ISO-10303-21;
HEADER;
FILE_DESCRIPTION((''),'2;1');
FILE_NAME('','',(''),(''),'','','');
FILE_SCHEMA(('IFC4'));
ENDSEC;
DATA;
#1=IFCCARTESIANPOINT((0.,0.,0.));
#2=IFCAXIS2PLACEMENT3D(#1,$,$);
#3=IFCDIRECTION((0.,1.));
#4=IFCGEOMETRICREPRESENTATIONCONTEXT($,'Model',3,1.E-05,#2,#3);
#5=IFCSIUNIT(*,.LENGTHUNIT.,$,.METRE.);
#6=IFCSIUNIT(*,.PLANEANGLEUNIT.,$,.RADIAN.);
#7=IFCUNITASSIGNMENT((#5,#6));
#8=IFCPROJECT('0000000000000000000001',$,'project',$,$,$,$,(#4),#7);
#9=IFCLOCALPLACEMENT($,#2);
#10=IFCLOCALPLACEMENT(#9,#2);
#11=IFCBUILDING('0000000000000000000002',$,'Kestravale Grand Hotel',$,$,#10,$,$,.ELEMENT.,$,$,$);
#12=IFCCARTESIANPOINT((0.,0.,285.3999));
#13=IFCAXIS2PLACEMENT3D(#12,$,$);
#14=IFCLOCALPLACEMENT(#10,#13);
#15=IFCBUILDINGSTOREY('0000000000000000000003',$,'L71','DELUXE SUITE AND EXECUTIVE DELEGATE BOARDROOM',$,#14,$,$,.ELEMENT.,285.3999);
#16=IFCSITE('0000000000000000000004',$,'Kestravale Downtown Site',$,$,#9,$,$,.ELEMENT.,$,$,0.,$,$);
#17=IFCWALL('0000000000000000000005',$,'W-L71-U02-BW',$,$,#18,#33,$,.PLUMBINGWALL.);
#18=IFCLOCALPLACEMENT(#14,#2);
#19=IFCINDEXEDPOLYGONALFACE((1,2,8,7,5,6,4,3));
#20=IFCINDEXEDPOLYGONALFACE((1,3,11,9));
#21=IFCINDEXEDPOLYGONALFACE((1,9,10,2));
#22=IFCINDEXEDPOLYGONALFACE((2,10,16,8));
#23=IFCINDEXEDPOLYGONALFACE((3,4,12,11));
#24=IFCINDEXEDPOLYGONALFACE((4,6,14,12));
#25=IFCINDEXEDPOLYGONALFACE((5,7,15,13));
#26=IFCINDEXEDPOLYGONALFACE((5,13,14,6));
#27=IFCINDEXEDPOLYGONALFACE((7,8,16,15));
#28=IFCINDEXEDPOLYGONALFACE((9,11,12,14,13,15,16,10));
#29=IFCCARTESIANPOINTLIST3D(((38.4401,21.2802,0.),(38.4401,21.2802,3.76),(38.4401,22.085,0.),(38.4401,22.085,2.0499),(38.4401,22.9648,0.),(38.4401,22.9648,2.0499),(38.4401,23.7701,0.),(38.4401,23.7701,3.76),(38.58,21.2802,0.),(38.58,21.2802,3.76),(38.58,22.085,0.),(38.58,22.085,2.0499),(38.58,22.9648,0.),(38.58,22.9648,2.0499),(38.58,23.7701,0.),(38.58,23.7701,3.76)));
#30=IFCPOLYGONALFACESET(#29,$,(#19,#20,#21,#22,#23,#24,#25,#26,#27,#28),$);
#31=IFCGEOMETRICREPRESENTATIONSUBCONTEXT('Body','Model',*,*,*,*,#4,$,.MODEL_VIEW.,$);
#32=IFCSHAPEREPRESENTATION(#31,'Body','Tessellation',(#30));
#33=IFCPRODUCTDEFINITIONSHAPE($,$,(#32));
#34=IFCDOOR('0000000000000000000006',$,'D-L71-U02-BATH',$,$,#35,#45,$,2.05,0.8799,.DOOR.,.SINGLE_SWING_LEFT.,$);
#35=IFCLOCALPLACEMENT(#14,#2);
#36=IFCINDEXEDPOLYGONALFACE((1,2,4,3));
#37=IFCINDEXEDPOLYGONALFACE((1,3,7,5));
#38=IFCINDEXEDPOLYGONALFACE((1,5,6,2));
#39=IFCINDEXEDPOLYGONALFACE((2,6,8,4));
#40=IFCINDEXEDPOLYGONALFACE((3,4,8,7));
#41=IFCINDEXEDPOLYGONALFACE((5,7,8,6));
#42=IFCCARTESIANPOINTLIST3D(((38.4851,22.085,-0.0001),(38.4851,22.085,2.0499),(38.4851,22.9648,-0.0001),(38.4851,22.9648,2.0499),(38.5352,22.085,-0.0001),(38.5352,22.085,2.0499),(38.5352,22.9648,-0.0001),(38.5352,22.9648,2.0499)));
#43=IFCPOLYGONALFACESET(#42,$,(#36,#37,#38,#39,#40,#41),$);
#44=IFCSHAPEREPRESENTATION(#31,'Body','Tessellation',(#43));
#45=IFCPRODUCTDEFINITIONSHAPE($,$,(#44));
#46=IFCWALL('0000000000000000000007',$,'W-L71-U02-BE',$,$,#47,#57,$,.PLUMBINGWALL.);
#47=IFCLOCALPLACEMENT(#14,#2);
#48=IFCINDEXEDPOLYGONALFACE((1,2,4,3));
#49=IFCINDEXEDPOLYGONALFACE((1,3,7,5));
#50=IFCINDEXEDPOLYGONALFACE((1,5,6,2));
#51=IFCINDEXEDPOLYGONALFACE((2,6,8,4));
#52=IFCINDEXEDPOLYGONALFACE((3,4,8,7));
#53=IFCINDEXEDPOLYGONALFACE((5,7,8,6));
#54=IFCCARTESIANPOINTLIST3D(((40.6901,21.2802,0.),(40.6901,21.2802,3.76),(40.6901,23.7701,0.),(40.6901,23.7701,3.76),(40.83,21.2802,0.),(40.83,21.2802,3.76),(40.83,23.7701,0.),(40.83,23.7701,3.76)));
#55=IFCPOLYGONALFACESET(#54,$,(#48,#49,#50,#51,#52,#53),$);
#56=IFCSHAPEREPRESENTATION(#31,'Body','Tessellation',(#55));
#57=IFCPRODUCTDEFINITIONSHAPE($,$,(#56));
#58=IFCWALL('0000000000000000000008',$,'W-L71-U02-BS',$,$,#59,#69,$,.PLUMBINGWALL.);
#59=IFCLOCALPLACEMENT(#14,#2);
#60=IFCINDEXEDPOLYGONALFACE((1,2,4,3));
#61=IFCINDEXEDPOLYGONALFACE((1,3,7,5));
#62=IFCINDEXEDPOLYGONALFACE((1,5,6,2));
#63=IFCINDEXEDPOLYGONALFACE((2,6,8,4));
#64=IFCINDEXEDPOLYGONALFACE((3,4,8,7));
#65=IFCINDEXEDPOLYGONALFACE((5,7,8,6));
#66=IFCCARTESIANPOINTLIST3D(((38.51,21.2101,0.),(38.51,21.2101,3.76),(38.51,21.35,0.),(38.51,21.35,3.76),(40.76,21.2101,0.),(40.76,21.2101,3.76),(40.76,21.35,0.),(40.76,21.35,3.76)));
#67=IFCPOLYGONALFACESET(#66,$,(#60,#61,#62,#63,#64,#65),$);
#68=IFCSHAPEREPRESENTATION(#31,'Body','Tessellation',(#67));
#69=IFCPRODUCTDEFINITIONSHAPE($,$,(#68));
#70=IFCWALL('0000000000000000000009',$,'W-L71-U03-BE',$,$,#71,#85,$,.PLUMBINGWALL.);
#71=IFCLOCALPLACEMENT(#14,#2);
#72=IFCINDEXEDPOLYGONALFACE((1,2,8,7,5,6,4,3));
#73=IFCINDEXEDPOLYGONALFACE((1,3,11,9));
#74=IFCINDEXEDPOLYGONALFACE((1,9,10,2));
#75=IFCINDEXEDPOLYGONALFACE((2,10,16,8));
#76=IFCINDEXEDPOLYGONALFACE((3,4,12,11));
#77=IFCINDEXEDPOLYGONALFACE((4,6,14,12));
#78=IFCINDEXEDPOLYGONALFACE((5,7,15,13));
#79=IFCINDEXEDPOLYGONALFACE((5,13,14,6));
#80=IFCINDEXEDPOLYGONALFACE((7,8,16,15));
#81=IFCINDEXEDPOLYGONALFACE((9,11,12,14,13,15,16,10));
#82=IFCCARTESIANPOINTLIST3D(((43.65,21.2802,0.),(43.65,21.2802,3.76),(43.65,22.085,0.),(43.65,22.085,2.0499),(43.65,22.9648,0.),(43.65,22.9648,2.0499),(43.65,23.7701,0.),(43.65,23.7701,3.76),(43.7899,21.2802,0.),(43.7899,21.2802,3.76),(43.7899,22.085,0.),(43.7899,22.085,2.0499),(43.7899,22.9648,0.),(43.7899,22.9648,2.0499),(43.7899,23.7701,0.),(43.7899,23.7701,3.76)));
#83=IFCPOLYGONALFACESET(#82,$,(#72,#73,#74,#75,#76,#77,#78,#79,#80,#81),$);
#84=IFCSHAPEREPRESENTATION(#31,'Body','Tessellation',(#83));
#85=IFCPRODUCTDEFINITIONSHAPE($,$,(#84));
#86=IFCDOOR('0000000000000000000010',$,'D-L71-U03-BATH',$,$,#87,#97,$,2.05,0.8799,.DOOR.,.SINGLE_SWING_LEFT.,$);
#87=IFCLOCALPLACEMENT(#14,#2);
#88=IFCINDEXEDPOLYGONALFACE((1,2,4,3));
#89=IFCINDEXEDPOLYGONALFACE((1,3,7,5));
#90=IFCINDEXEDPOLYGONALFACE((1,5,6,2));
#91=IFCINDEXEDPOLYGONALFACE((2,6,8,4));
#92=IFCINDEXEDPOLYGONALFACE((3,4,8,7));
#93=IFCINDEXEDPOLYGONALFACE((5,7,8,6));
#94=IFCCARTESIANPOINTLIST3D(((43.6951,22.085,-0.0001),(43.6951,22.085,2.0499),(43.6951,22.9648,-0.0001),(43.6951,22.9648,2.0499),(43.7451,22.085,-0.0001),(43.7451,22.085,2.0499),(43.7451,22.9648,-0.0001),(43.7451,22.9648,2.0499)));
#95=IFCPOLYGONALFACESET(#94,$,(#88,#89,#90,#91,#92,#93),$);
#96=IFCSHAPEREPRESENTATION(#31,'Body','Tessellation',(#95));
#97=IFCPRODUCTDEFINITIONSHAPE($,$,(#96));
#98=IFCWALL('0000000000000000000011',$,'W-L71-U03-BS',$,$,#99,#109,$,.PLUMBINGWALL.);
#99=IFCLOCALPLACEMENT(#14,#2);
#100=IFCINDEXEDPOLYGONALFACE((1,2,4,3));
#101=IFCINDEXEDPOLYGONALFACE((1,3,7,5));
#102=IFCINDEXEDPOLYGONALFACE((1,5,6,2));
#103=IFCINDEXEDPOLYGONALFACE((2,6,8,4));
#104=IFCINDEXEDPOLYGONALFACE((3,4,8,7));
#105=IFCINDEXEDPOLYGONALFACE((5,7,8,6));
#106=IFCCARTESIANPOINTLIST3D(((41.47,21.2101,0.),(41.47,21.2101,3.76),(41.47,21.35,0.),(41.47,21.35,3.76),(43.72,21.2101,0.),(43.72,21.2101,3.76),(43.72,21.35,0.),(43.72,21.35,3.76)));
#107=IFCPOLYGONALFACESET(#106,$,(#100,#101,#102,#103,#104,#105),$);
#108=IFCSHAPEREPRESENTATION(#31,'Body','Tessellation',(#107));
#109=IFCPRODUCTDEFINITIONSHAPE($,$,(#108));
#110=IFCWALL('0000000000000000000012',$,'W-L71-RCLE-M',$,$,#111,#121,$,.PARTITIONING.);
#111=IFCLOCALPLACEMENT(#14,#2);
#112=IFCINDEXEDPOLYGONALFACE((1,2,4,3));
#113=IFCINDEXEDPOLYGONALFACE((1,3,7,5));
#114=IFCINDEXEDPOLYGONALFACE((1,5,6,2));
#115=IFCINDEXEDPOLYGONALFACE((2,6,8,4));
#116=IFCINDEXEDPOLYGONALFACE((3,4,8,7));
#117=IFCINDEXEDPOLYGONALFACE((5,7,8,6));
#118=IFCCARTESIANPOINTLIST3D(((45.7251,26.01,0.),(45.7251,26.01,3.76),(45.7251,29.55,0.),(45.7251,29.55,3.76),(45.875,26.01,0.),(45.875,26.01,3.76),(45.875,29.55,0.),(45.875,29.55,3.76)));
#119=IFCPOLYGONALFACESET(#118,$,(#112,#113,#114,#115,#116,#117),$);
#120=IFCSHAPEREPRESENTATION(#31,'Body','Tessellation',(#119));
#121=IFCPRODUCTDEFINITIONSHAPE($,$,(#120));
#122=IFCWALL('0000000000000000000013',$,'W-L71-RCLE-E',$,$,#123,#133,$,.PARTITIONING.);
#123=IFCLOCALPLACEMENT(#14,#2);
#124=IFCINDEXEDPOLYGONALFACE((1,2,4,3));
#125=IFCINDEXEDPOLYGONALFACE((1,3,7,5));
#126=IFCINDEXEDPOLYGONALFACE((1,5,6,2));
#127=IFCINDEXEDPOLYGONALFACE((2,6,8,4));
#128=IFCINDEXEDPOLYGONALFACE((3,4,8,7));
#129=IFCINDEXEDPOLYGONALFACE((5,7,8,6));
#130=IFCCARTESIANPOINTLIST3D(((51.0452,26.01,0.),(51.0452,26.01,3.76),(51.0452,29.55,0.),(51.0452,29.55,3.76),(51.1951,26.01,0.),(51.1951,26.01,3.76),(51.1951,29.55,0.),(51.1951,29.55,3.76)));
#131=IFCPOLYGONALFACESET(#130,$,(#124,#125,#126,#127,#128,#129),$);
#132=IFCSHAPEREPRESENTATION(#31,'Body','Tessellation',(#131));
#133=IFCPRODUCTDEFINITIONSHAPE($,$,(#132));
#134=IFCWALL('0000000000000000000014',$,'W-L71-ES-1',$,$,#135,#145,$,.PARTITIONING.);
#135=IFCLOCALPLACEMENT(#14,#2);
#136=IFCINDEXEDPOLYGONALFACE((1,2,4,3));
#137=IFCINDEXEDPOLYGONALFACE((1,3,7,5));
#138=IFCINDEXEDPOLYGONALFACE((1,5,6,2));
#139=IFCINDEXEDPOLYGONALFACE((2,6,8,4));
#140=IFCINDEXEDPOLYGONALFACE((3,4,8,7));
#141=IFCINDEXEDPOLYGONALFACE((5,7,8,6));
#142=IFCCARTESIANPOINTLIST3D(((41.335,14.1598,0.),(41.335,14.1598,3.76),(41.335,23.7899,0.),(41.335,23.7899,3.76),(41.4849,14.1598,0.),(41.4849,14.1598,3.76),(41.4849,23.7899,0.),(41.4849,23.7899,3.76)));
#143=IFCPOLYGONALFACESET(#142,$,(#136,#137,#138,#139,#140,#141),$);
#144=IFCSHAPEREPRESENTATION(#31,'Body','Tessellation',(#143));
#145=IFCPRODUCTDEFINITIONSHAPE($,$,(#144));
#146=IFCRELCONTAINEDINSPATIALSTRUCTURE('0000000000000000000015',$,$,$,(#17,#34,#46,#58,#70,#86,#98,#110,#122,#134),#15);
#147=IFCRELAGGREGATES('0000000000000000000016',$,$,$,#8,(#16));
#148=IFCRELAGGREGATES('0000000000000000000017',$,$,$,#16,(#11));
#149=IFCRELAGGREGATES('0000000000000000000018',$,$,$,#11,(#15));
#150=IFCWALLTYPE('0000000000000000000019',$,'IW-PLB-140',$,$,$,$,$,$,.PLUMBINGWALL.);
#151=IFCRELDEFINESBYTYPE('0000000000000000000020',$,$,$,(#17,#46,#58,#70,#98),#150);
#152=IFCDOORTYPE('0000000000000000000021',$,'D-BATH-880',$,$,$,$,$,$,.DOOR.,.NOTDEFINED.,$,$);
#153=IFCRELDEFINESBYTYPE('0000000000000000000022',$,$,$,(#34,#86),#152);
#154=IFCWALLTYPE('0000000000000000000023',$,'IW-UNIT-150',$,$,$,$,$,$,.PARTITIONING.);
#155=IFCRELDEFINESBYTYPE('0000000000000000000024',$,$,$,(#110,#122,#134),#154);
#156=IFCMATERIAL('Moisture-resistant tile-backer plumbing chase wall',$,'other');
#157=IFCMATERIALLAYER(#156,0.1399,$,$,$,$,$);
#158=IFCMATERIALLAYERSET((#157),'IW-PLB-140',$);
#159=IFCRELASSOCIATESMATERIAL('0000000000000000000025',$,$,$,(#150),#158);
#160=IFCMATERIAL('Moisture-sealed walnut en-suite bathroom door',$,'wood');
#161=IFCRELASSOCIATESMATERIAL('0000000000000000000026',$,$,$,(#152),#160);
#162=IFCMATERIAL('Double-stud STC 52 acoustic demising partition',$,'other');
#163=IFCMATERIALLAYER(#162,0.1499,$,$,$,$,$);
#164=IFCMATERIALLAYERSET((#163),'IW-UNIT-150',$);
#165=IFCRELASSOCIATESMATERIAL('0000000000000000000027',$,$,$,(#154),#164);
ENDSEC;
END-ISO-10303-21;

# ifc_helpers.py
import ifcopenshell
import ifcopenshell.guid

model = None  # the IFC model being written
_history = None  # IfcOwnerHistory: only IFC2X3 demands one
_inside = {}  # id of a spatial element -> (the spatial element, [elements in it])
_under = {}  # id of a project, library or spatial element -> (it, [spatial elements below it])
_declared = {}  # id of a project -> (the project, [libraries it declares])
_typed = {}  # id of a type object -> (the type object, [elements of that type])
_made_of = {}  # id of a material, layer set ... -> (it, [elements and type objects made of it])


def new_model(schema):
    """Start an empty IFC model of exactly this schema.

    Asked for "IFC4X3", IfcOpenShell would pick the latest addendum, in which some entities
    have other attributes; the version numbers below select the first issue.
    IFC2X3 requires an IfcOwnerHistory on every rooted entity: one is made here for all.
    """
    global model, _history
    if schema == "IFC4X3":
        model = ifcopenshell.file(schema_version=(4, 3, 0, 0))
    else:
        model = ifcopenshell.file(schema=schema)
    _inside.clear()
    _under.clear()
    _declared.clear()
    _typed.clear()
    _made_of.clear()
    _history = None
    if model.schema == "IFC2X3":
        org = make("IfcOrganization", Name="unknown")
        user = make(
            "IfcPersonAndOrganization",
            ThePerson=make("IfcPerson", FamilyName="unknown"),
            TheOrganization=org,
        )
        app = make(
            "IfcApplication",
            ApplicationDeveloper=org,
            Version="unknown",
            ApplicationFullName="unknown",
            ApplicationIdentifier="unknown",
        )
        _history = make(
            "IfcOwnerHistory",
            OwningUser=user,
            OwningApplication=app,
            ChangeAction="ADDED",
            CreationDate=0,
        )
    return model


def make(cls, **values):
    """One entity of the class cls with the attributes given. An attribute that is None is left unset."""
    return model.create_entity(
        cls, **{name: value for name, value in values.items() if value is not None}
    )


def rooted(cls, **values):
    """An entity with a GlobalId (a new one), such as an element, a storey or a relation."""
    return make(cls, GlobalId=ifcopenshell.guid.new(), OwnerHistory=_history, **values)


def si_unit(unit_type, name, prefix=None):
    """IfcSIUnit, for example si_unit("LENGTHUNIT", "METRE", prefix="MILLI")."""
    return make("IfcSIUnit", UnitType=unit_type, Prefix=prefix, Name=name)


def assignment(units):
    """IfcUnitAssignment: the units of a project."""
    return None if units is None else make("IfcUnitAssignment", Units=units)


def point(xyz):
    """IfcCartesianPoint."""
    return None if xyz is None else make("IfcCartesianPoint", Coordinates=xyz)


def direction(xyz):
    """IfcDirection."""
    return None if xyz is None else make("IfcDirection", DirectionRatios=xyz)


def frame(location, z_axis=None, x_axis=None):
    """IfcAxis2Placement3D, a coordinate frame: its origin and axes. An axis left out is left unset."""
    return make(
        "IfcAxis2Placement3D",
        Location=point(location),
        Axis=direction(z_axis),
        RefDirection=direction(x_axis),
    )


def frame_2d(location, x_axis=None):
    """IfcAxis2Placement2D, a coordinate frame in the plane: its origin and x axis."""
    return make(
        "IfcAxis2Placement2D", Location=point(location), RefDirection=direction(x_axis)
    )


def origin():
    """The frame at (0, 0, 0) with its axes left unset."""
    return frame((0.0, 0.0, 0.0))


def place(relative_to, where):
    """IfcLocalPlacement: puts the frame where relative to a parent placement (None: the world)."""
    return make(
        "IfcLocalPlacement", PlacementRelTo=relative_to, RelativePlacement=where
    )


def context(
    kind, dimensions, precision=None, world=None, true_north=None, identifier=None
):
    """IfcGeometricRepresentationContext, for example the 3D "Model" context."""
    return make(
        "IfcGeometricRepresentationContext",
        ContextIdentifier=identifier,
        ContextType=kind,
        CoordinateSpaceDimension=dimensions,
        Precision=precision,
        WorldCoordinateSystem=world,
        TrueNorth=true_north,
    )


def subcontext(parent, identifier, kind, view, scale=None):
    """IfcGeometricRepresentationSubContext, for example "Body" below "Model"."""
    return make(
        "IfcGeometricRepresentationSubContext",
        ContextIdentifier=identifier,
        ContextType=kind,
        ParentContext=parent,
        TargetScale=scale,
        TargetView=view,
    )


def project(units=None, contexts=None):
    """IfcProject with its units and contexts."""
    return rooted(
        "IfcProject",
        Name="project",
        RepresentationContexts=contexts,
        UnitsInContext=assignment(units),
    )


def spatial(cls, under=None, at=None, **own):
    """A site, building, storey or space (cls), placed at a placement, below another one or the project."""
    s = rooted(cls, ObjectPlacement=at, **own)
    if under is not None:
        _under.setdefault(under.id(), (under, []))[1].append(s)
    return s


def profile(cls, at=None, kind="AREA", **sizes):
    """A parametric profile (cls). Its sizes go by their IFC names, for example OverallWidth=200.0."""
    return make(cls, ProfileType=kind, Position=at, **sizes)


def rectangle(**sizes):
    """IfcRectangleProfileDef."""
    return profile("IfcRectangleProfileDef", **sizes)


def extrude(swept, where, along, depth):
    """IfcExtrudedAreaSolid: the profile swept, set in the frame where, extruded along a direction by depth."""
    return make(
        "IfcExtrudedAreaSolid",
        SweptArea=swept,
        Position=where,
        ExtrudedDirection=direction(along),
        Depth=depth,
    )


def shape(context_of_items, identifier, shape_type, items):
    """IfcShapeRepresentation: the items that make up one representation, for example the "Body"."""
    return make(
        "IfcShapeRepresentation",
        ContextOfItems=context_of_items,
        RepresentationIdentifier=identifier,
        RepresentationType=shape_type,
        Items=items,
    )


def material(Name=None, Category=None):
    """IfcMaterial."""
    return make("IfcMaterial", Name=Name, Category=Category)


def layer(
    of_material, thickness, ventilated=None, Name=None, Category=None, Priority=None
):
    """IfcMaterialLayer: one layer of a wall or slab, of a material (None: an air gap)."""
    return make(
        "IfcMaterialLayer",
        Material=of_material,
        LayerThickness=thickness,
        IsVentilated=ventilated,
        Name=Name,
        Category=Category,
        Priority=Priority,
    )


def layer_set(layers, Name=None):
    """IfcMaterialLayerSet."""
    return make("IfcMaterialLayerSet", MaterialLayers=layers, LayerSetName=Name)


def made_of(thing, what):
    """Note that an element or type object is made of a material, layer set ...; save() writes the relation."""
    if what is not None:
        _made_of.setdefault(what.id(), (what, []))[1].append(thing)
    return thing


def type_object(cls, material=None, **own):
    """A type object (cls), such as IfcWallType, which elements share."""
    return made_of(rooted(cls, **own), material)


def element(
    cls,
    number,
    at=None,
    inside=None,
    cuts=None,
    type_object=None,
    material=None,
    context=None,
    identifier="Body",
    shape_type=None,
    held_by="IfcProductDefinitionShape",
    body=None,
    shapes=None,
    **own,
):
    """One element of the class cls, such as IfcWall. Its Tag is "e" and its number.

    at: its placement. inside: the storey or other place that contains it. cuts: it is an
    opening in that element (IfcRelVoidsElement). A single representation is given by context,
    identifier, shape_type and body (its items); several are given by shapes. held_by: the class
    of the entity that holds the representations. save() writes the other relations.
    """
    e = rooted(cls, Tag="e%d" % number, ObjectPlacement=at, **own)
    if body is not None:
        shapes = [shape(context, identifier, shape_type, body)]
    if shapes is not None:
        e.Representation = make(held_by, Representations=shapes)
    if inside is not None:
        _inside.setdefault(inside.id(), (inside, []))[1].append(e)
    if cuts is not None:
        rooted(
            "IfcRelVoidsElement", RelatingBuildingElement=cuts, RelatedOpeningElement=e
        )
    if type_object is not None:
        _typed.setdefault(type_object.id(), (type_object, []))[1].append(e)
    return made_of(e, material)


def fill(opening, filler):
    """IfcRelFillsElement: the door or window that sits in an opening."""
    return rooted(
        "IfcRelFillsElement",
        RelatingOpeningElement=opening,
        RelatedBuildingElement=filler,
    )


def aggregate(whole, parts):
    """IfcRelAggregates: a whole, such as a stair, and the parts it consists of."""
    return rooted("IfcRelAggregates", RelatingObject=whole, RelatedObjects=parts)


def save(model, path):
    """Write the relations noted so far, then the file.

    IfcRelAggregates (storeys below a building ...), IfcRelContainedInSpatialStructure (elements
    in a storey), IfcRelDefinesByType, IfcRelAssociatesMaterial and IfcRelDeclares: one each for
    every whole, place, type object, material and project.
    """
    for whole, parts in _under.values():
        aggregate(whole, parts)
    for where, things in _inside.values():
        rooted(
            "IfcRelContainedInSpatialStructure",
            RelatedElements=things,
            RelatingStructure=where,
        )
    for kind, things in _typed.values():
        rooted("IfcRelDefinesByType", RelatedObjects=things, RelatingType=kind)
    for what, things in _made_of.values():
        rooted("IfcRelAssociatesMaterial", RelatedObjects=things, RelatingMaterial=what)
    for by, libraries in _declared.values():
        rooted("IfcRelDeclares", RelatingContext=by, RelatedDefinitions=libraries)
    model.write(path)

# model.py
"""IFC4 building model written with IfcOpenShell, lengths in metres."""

from ifc_helpers import new_model, si_unit, direction, frame, frame_2d, origin, place, context, subcontext, project, spatial, rectangle, extrude, material, layer, layer_set, type_object, element, fill, save


model = new_model("IFC4")

# Units and contexts
model_context = context("Model", 3, precision=1e-05, world=origin(), true_north=direction((0.0, 1.0)))
body_context = subcontext(model_context, "Body", "Model", "MODEL_VIEW")
ifc_project = project(units=[si_unit("LENGTHUNIT", "METRE"), si_unit("PLANEANGLEUNIT", "RADIAN")], contexts=[model_context])

# Site, building, storey
site_placement = place(None, origin())
site = spatial("IfcSite", under=ifc_project, at=site_placement, Name="Kestravale Downtown Site", CompositionType="ELEMENT", RefElevation=0.0)
building_placement = place(site_placement, origin())
building = spatial("IfcBuilding", under=site, at=building_placement, Name="Kestravale Grand Hotel", CompositionType="ELEMENT")
storey_placement = place(building_placement, frame((0.0, 0.0, 285.3999)))
storey = spatial("IfcBuildingStorey", under=building, at=storey_placement, Name="L71", Description="DELUXE SUITE AND EXECUTIVE DELEGATE BOARDROOM", CompositionType="ELEMENT", Elevation=285.3999)

# Wall, opening, door
ifc_material_1 = material(Name="Moisture-resistant tile-backer plumbing chase wall", Category="other")
ifc_layer_1 = layer(ifc_material_1, 0.1399)
ifc_layer_set_1 = layer_set([ifc_layer_1], Name="IW-PLB-140")
wall_type_1 = type_object("IfcWallType", Name="IW-PLB-140", PredefinedType="PLUMBINGWALL", material=ifc_layer_set_1)
wall_1_placement = place(storey_placement, frame((38.51, 21.28, 0.0), z_axis=(0.0, 0.0, 1.0), x_axis=(0.0, 1.0, 0.0)))
wall_1 = element("IfcWall", 1, at=wall_1_placement, inside=storey, type_object=wall_type_1, Name="W-L71-U02-BW", PredefinedType="PLUMBINGWALL", context=body_context, shape_type="SweptSolid", body=[
    extrude(rectangle(XDim=2.49, YDim=0.1399, at=frame_2d((1.2451, 0.0))), origin(), (0.0, 0.0, 1.0), 3.76),
])
opening_1_placement = place(wall_1_placement, frame((0.8049, 0.0, 0.0)))
opening_1 = element("IfcOpeningElement", 2, at=opening_1_placement, cuts=wall_1, PredefinedType="OPENING", context=body_context, shape_type="SweptSolid", body=[
    extrude(rectangle(XDim=0.8799, YDim=2.05, at=frame_2d((0.4399, 1.0249))), frame((0.0, 0.0798, 0.0), z_axis=(0.0, -1.0, 0.0), x_axis=(1.0, 0.0, 0.0)), (0.0, 0.0, 1.0), 0.1599),
])
ifc_material_2 = material(Name="Moisture-sealed walnut en-suite bathroom door", Category="wood")
door_type = type_object("IfcDoorType", Name="D-BATH-880", OperationType="NOTDEFINED", PredefinedType="DOOR", material=ifc_material_2)
door_1_placement = place(opening_1_placement, origin())
door_1 = element("IfcDoor", 3, at=door_1_placement, inside=storey, type_object=door_type, Name="D-L71-U02-BATH", OperationType="SINGLE_SWING_LEFT", OverallHeight=2.05, OverallWidth=0.8799, PredefinedType="DOOR", context=body_context, shape_type="SweptSolid", body=[
    extrude(rectangle(XDim=0.8799, YDim=2.05, at=frame_2d((0.4399, 1.0249))), frame((0.0, 0.0249, 0.0), z_axis=(0.0, -1.0, 0.0), x_axis=(1.0, 0.0, 0.0)), (0.0, 0.0, 1.0), 0.05),
])
fill(opening_1, door_1)

# Walls
wall_2_placement = place(storey_placement, frame((40.76, 21.28, 0.0), z_axis=(0.0, 0.0, 1.0), x_axis=(0.0, 1.0, 0.0)))
element("IfcWall", 4, at=wall_2_placement, inside=storey, type_object=wall_type_1, Name="W-L71-U02-BE", PredefinedType="PLUMBINGWALL", context=body_context, shape_type="SweptSolid", body=[
    extrude(rectangle(XDim=2.49, YDim=0.1399, at=frame_2d((1.2451, 0.0))), origin(), (0.0, 0.0, 1.0), 3.76),
])
wall_3_placement = place(storey_placement, frame((38.51, 21.28, 0.0), z_axis=(0.0, 0.0, 1.0), x_axis=(1.0, 0.0, 0.0)))
element("IfcWall", 5, at=wall_3_placement, inside=storey, type_object=wall_type_1, Name="W-L71-U02-BS", PredefinedType="PLUMBINGWALL", context=body_context, shape_type="SweptSolid", body=[
    extrude(rectangle(XDim=2.25, YDim=0.1399, at=frame_2d((1.125, 0.0))), origin(), (0.0, 0.0, 1.0), 3.76),
])

# Wall, opening, door
wall_4_placement = place(storey_placement, frame((43.72, 21.28, 0.0), z_axis=(0.0, 0.0, 1.0), x_axis=(0.0, 1.0, 0.0)))
wall_4 = element("IfcWall", 6, at=wall_4_placement, inside=storey, type_object=wall_type_1, Name="W-L71-U03-BE", PredefinedType="PLUMBINGWALL", context=body_context, shape_type="SweptSolid", body=[
    extrude(rectangle(XDim=2.49, YDim=0.1399, at=frame_2d((1.2451, 0.0))), origin(), (0.0, 0.0, 1.0), 3.76),
])
opening_2_placement = place(wall_4_placement, frame((0.8049, 0.0, 0.0)))
opening_2 = element("IfcOpeningElement", 7, at=opening_2_placement, cuts=wall_4, PredefinedType="OPENING", context=body_context, shape_type="SweptSolid", body=[
    extrude(rectangle(XDim=0.8799, YDim=2.05, at=frame_2d((0.4399, 1.0249))), frame((0.0, 0.0798, 0.0), z_axis=(0.0, -1.0, 0.0), x_axis=(1.0, 0.0, 0.0)), (0.0, 0.0, 1.0), 0.1599),
])
door_2_placement = place(opening_2_placement, origin())
door_2 = element("IfcDoor", 8, at=door_2_placement, inside=storey, type_object=door_type, Name="D-L71-U03-BATH", OperationType="SINGLE_SWING_LEFT", OverallHeight=2.05, OverallWidth=0.8799, PredefinedType="DOOR", context=body_context, shape_type="SweptSolid", body=[
    extrude(rectangle(XDim=0.8799, YDim=2.05, at=frame_2d((0.4399, 1.0249))), frame((0.0, 0.0249, 0.0), z_axis=(0.0, -1.0, 0.0), x_axis=(1.0, 0.0, 0.0)), (0.0, 0.0, 1.0), 0.05),
])
fill(opening_2, door_2)

# Walls
wall_5_placement = place(storey_placement, frame((41.47, 21.28, 0.0), z_axis=(0.0, 0.0, 1.0), x_axis=(1.0, 0.0, 0.0)))
element("IfcWall", 9, at=wall_5_placement, inside=storey, type_object=wall_type_1, Name="W-L71-U03-BS", PredefinedType="PLUMBINGWALL", context=body_context, shape_type="SweptSolid", body=[
    extrude(rectangle(XDim=2.25, YDim=0.1399, at=frame_2d((1.125, 0.0))), origin(), (0.0, 0.0, 1.0), 3.76),
])
ifc_material_3 = material(Name="Double-stud STC 52 acoustic demising partition", Category="other")
ifc_layer_2 = layer(ifc_material_3, 0.1499)
ifc_layer_set_2 = layer_set([ifc_layer_2], Name="IW-UNIT-150")
wall_type_2 = type_object("IfcWallType", Name="IW-UNIT-150", PredefinedType="PARTITIONING", material=ifc_layer_set_2)
for number, where, z_axis, x_axis, name in (
    (10, (45.8, 26.01, 0.0), (0.0, 0.0, 1.0), (0.0, 1.0, 0.0), "W-L71-RCLE-M"),
    (11, (51.1201, 26.01, 0.0), (0.0, 0.0, 1.0), (0.0, 1.0, 0.0), "W-L71-RCLE-E"),
):
    element("IfcWall", number, at=place(storey_placement, frame(where, z_axis=z_axis, x_axis=x_axis)), inside=storey, type_object=wall_type_2, Name=name, PredefinedType="PARTITIONING", context=body_context, shape_type="SweptSolid", body=[
        extrude(rectangle(XDim=3.54, YDim=0.1499, at=frame_2d((1.77, 0.0))), origin(), (0.0, 0.0, 1.0), 3.76),
    ])
wall_6_placement = place(storey_placement, frame((41.4099, 14.1599, 0.0), z_axis=(0.0, 0.0, 1.0), x_axis=(0.0, 1.0, 0.0)))
element("IfcWall", 12, at=wall_6_placement, inside=storey, type_object=wall_type_2, Name="W-L71-ES-1", PredefinedType="PARTITIONING", context=body_context, shape_type="SweptSolid", body=[
    extrude(rectangle(XDim=9.6301, YDim=0.1499, at=frame_2d((4.8149, 0.0))), origin(), (0.0, 0.0, 1.0), 3.76),
])

save(model, "model.ifc")
